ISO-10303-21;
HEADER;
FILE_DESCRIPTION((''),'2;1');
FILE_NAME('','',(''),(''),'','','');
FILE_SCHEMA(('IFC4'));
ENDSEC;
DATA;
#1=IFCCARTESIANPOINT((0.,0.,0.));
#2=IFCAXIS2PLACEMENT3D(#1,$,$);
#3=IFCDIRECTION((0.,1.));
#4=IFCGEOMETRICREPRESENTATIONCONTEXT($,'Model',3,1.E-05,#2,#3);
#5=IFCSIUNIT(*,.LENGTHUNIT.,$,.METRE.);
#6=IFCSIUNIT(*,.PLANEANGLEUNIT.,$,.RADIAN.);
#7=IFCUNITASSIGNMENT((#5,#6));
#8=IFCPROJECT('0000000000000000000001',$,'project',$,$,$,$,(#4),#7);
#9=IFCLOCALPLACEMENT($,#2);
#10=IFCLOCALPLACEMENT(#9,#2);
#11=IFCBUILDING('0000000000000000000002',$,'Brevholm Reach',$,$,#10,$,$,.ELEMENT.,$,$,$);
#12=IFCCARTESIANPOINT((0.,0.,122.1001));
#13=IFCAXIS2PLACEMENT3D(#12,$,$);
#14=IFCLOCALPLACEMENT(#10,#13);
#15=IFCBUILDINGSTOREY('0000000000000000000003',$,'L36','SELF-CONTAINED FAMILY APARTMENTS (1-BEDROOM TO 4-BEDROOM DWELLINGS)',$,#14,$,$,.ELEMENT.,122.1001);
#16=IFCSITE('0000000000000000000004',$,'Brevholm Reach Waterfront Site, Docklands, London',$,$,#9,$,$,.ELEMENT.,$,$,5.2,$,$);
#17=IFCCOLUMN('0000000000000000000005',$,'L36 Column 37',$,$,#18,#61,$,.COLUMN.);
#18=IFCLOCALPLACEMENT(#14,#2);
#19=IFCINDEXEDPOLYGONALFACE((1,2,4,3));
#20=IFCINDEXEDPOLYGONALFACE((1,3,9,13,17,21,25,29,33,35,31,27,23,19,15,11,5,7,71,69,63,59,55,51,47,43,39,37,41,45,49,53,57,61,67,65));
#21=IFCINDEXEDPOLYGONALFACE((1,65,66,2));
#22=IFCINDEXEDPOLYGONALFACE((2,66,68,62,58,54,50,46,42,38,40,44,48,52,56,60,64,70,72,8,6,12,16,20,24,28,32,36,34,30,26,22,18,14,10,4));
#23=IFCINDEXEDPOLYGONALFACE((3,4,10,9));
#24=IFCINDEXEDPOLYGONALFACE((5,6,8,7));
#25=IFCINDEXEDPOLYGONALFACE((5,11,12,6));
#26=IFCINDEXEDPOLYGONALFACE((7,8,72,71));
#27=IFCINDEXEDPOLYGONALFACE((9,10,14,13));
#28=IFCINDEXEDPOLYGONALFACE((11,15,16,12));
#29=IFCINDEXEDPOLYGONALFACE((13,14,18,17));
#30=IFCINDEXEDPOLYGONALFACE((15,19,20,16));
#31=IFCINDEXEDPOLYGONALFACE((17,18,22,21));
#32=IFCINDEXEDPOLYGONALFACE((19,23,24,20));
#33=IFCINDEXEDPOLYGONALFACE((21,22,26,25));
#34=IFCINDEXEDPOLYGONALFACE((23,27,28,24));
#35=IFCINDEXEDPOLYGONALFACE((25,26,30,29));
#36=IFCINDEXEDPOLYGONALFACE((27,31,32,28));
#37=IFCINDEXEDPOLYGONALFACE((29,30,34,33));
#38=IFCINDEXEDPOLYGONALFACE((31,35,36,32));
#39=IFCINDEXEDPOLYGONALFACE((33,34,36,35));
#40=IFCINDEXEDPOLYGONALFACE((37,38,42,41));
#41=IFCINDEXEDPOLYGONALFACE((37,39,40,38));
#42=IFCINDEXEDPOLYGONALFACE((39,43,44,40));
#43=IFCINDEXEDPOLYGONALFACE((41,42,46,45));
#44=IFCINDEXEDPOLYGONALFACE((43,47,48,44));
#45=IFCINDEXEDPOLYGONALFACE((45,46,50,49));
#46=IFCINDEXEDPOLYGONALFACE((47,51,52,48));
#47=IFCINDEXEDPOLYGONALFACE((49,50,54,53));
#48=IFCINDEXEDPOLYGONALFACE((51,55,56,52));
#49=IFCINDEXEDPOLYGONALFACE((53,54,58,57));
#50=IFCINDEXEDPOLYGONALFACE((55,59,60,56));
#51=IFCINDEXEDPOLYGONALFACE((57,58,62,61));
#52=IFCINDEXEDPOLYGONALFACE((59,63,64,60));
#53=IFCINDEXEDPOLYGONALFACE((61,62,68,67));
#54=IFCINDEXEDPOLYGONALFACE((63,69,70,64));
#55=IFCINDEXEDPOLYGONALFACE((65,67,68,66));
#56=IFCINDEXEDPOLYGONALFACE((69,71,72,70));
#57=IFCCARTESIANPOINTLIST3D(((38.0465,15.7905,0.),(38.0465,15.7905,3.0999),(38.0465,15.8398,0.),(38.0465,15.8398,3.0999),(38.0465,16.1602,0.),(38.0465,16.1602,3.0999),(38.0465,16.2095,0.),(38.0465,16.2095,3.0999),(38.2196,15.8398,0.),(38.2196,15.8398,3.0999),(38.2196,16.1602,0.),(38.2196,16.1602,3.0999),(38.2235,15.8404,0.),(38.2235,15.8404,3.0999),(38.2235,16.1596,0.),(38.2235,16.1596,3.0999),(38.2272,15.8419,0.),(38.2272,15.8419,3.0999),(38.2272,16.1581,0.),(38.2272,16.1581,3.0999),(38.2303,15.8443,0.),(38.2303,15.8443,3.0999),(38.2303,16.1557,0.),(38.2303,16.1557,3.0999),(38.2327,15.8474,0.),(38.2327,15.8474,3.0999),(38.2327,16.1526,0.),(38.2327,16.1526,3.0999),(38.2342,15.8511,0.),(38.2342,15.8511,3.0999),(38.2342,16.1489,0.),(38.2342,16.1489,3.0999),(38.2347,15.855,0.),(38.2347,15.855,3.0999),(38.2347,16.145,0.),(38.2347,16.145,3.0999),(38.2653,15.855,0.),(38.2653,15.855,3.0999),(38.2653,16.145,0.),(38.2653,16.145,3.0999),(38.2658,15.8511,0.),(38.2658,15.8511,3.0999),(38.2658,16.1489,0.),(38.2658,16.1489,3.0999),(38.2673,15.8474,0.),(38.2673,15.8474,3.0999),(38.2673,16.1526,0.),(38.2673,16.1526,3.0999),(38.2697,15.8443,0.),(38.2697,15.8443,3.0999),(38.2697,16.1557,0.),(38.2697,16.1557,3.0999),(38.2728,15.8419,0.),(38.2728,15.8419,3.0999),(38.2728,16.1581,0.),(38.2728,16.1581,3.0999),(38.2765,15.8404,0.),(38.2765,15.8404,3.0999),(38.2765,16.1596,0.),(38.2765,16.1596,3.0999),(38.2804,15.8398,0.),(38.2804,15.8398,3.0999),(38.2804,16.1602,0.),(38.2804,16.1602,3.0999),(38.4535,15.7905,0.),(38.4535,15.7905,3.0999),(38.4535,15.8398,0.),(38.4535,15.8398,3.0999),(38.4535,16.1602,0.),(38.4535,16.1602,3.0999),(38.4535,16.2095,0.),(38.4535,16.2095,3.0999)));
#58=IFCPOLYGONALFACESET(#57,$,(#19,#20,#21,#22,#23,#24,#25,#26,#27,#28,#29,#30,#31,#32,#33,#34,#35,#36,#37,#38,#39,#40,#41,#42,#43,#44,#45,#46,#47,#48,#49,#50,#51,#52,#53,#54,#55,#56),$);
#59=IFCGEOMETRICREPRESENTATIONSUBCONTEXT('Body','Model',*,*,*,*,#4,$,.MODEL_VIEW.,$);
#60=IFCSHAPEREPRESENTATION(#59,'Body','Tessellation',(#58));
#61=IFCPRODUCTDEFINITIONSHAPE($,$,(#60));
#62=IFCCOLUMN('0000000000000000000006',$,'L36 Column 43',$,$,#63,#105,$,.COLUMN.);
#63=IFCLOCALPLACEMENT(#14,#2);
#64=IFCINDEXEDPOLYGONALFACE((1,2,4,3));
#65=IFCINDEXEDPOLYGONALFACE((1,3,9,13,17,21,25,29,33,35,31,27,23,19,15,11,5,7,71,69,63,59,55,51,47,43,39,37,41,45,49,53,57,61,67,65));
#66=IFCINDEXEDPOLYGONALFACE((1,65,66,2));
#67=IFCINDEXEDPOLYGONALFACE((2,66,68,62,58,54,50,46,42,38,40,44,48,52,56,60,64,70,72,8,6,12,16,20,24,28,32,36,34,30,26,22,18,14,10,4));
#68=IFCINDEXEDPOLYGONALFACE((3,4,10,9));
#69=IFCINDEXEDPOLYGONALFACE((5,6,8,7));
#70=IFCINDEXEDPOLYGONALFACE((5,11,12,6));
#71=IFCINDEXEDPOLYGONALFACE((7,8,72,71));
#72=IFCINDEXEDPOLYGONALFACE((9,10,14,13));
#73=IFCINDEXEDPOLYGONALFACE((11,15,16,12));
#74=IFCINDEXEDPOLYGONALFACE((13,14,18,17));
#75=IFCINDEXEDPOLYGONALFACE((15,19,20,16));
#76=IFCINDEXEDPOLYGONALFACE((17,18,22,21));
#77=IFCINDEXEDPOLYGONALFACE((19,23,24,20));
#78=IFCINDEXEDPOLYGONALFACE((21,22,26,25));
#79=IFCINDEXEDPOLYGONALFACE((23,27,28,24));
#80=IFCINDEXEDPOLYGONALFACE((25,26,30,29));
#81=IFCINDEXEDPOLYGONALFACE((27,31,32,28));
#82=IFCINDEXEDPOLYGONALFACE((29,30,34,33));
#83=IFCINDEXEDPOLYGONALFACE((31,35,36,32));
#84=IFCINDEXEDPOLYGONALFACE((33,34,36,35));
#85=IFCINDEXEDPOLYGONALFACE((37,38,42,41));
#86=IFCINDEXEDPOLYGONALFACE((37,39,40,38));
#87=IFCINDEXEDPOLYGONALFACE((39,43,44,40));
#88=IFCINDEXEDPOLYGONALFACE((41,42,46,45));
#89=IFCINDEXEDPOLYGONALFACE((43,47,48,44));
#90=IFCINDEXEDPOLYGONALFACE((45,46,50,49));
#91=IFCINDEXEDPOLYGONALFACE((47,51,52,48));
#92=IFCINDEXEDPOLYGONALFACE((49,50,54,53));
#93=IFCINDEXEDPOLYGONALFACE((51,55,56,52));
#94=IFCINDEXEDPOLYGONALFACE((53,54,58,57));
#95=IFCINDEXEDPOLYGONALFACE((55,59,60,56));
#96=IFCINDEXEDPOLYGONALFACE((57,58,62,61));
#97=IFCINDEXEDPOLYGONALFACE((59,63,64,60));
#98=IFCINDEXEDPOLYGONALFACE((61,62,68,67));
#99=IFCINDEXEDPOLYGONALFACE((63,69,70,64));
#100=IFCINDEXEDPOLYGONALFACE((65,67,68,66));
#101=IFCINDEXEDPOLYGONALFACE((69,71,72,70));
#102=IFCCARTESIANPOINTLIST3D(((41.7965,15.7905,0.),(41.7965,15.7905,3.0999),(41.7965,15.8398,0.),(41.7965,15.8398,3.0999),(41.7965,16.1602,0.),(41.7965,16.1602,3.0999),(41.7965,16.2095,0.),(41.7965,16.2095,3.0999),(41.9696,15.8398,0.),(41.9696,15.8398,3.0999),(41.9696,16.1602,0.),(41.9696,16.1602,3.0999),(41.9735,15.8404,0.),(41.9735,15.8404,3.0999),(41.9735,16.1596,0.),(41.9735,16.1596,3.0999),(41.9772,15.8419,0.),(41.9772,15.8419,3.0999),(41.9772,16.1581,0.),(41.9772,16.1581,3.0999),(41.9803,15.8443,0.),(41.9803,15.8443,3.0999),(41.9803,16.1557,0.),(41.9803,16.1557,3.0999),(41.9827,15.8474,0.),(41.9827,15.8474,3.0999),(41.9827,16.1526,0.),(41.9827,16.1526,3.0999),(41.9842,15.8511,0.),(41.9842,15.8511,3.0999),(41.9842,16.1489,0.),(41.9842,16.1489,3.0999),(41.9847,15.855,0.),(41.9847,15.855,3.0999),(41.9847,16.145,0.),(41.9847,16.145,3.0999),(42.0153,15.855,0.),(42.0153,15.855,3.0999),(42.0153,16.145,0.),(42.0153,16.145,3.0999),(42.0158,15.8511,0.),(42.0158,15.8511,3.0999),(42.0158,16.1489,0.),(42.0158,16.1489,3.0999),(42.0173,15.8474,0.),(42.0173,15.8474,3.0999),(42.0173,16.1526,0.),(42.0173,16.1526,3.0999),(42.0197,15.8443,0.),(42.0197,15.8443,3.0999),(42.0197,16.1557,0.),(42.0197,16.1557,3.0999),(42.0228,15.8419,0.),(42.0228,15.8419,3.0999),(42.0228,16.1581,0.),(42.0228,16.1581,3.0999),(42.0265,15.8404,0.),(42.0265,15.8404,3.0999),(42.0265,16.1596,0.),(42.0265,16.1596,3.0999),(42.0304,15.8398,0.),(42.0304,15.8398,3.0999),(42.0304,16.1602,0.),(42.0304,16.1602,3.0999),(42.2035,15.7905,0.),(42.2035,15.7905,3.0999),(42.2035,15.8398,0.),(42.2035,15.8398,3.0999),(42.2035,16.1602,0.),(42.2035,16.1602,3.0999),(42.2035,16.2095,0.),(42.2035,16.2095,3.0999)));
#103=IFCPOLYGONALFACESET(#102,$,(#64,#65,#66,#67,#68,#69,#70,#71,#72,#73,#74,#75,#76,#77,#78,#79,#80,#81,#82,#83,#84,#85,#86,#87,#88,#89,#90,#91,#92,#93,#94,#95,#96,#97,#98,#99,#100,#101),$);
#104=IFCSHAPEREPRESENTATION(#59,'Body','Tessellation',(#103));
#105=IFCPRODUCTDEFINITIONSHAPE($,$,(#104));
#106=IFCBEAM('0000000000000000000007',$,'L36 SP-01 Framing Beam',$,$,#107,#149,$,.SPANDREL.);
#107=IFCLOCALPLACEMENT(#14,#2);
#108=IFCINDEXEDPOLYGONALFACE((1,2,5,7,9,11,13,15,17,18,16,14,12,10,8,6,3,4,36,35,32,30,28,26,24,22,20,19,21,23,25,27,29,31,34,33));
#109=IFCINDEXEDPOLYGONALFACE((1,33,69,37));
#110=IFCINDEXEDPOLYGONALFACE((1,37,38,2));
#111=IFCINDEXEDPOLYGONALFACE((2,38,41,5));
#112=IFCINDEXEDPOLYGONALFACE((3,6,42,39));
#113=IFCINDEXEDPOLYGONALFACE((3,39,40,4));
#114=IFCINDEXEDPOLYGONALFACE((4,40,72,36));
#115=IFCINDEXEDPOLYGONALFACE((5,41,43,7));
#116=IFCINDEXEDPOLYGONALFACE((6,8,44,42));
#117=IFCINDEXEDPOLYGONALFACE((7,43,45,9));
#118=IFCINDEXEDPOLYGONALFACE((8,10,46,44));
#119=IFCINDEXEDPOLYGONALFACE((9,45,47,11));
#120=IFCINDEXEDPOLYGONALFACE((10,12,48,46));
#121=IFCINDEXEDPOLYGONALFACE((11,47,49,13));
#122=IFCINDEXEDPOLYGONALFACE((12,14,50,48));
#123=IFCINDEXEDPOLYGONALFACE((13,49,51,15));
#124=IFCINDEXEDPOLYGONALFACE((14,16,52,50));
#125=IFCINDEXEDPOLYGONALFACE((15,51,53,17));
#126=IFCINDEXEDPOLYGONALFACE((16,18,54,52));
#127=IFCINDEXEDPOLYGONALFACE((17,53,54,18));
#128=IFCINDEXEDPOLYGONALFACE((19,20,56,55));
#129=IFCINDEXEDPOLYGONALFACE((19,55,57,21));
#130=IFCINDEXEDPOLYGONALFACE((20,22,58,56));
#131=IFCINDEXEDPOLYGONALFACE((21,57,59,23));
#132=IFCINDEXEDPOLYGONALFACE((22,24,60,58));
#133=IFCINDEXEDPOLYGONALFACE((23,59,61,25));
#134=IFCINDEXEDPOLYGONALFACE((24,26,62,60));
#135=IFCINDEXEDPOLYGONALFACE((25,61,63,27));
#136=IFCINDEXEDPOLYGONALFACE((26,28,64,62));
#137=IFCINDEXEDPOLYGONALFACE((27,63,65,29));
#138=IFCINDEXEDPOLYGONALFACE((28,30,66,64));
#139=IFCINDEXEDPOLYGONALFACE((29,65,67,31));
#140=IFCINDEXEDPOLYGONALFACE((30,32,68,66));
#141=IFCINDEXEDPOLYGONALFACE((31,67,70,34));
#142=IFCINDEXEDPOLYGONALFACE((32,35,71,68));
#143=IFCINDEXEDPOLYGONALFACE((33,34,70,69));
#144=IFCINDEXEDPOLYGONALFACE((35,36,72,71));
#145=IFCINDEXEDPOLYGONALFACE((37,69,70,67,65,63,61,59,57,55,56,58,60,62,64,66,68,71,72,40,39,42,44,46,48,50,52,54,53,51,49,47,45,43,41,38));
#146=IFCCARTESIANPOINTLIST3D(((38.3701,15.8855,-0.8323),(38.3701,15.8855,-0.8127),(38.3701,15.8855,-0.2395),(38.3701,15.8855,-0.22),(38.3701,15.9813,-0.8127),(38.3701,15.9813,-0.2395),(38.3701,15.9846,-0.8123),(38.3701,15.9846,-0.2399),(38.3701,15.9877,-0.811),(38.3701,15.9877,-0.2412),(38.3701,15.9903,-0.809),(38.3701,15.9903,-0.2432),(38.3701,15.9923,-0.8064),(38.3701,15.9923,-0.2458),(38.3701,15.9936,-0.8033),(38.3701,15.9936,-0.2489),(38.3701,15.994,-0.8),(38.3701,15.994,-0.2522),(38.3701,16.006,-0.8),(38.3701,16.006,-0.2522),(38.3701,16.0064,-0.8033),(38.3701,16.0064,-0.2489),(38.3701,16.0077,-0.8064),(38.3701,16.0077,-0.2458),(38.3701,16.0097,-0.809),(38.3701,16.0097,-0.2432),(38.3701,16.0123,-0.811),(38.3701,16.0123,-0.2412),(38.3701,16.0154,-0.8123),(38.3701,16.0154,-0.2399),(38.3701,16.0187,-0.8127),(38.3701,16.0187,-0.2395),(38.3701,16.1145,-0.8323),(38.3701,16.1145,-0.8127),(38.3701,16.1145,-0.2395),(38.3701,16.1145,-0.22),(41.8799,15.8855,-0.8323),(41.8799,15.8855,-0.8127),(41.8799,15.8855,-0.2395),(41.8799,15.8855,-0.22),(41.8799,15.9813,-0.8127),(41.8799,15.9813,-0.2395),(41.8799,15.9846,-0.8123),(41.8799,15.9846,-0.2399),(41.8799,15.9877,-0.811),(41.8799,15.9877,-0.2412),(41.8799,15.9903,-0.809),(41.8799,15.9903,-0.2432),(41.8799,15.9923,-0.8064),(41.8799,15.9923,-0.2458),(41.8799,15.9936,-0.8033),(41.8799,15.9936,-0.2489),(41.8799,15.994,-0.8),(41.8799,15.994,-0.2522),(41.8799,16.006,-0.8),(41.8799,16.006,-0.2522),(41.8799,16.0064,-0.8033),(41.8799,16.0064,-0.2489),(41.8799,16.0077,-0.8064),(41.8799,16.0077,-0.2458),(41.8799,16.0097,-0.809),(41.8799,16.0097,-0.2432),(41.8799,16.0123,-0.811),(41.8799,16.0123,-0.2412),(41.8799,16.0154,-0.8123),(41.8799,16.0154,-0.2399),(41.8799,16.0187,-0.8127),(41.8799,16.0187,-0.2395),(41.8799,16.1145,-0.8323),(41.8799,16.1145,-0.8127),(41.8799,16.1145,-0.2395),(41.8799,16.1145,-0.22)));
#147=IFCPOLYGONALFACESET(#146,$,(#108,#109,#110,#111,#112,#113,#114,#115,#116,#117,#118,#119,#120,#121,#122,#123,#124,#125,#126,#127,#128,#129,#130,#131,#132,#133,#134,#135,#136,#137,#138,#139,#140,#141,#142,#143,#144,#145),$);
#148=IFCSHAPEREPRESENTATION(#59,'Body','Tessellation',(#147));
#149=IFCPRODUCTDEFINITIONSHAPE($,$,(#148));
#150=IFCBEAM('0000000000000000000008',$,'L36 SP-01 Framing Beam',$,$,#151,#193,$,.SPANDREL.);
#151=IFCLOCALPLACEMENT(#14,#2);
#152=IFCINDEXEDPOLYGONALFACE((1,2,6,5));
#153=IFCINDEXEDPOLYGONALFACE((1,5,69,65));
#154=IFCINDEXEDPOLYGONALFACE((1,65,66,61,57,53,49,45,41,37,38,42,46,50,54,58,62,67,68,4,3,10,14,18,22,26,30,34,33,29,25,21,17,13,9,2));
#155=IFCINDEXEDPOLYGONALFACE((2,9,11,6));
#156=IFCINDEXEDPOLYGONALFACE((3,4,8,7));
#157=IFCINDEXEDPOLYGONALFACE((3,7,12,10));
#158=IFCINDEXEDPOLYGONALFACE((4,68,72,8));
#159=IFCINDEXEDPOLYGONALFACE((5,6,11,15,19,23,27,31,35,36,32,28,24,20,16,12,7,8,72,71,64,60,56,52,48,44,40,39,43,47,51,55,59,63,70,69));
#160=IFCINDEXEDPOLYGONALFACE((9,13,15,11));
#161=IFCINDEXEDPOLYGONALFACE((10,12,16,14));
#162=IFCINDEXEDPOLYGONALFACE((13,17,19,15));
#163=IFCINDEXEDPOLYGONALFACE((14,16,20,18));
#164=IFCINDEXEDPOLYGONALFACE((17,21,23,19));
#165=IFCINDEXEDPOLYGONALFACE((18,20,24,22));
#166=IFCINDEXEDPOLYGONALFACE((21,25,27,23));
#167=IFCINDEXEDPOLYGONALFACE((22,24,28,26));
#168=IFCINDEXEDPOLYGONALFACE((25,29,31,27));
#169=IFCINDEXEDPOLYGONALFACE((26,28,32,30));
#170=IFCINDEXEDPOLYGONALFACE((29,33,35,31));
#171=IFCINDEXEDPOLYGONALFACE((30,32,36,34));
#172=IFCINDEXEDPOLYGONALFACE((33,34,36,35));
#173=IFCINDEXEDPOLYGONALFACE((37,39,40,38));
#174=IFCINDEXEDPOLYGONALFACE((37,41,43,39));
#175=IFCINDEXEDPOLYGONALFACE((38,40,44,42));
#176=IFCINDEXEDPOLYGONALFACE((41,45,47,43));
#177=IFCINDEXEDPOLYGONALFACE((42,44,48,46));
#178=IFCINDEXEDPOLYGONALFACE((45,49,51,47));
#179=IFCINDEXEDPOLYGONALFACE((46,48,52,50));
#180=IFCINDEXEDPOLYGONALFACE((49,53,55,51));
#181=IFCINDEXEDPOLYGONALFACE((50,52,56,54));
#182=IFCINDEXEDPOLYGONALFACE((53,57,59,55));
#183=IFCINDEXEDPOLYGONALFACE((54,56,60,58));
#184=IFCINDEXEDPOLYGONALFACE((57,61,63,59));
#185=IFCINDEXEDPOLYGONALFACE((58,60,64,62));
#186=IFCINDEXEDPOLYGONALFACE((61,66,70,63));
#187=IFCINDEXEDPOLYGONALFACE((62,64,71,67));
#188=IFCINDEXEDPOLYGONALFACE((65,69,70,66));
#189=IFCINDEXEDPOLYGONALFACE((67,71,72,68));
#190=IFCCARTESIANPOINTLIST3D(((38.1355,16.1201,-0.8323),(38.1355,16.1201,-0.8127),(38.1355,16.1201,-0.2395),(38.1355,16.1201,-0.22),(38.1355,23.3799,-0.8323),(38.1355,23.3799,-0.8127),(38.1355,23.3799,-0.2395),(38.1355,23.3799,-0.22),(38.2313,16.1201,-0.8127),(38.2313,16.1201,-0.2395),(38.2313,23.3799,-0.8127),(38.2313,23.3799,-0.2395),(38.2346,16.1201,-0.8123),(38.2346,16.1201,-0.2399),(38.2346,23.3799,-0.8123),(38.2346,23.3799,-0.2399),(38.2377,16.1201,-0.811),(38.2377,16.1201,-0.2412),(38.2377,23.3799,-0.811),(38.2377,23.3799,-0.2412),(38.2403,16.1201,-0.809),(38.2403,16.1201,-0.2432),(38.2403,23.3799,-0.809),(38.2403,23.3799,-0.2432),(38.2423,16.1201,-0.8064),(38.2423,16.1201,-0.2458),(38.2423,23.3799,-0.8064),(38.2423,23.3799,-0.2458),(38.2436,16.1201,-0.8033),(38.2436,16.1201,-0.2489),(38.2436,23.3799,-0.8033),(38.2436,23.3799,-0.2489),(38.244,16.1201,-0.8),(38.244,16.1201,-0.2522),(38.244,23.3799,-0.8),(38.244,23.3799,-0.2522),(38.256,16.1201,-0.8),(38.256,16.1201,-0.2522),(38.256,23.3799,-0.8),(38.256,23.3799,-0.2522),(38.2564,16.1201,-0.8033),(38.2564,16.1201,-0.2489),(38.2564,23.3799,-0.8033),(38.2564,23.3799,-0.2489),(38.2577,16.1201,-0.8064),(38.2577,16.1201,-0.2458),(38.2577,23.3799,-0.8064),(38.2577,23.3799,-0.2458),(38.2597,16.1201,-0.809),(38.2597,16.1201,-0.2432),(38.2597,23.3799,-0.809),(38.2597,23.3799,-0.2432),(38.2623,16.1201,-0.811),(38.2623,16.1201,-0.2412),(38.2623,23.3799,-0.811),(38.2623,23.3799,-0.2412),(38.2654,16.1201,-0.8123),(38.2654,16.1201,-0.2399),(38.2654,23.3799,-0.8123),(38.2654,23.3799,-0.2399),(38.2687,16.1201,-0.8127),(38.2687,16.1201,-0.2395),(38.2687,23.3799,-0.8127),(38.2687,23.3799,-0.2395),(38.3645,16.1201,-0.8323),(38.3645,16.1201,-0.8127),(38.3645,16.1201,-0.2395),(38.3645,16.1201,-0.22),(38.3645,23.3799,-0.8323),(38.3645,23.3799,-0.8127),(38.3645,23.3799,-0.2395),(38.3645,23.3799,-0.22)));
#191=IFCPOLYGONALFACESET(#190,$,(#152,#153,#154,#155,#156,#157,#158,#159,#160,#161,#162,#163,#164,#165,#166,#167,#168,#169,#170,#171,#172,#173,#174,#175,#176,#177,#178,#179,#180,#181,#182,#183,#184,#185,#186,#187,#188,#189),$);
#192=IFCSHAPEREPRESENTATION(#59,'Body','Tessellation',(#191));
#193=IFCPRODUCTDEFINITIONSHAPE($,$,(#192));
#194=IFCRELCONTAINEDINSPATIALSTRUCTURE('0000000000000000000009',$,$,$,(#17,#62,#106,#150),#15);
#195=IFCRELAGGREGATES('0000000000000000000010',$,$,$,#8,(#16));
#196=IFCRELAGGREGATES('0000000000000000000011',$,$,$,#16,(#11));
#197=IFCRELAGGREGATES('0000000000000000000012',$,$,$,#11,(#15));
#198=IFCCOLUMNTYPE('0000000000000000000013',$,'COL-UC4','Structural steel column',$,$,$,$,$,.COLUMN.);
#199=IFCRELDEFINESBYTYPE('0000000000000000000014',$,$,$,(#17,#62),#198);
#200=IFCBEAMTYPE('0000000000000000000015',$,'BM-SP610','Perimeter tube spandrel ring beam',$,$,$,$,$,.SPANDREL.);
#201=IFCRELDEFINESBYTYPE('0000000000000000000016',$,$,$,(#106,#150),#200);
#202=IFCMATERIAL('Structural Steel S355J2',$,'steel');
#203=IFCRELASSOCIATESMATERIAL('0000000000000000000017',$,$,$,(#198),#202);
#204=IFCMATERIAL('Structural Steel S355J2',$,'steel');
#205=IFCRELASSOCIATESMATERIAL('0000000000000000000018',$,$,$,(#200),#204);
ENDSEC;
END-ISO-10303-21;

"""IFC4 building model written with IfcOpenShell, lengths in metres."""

from ifc_helpers import new_model, si_unit, direction, frame, origin, origin_2d, place, context, subcontext, project, spatial, i_section, extrude, material, material_profile, profile_set, type_object, element, save


model = new_model("IFC4")

# Units and contexts
model_context = context("Model", 3, precision=1e-05, world=origin(), true_north=direction((0.0, 1.0)))
body_context = subcontext(model_context, "Body", "Model", "MODEL_VIEW")
ifc_project = project(units=[si_unit("LENGTHUNIT", "METRE"), si_unit("PLANEANGLEUNIT", "RADIAN")], contexts=[model_context])

# Site, building, storey
site_placement = place(None, origin())
site = spatial("IfcSite", under=ifc_project, at=site_placement, Name="Brevholm Reach Waterfront Site, Docklands, London", CompositionType="ELEMENT", RefElevation=5.2)
building_placement = place(site_placement, origin())
building = spatial("IfcBuilding", under=site, at=building_placement, Name="Brevholm Reach", CompositionType="ELEMENT")
storey_placement = place(building_placement, frame((0.0, 0.0, 122.1001)))
storey = spatial("IfcBuildingStorey", under=building, at=storey_placement, Name="L36", Description="SELF-CONTAINED FAMILY APARTMENTS (1-BEDROOM TO 4-BEDROOM DWELLINGS)", CompositionType="ELEMENT", Elevation=122.1001)

# Columns
ifc_material_1 = material(Name="Structural Steel S355J2", Category="steel")
ifc_material_profile_1 = material_profile(ifc_material_1, i_section(OverallWidth=0.407, OverallDepth=0.4189, WebThickness=0.0305, FlangeThickness=0.0493, FilletRadius=0.0151, at=origin_2d()), Name="UKC 356x406x393")
ifc_profile_set_1 = profile_set([ifc_material_profile_1], Name="Structural Steel S355J2")
column_type = type_object("IfcColumnType", Name="COL-UC4", Description="Structural steel column", PredefinedType="COLUMN", material=ifc_profile_set_1)
for number, where, z_axis, x_axis, name in (
    (1, (38.25, 16.0, 0.0), (0.0, 0.0, 1.0), (1.0, 0.0, 0.0), "L36 Column 37"),
    (2, (42.0, 16.0, 0.0), (0.0, 0.0, 1.0), (1.0, 0.0, 0.0), "L36 Column 43"),
):
    element("IfcColumn", number, at=place(storey_placement, frame(where, z_axis=z_axis, x_axis=x_axis)), inside=storey, type_object=column_type, Name=name, PredefinedType="COLUMN", context=body_context, shape_type="SweptSolid", body=[
        extrude(i_section(OverallWidth=0.407, OverallDepth=0.4189, WebThickness=0.0305, FlangeThickness=0.0493, FilletRadius=0.0151, at=origin_2d()), origin(), (0.0, 0.0, 1.0), 3.0999),
    ])

# Beams
ifc_material_2 = material(Name="Structural Steel S355J2", Category="steel")
ifc_material_profile_2 = material_profile(ifc_material_2, i_section(OverallWidth=0.229, OverallDepth=0.6123, WebThickness=0.012, FlangeThickness=0.0195, FilletRadius=0.0127, at=origin_2d()), Name="UKB 610x229x125")
ifc_profile_set_2 = profile_set([ifc_material_profile_2], Name="Structural Steel S355J2")
beam_type = type_object("IfcBeamType", Name="BM-SP610", Description="Perimeter tube spandrel ring beam", PredefinedType="SPANDREL", material=ifc_profile_set_2)
beam_1_placement = place(storey_placement, frame((38.3701, 16.0, -0.5261), z_axis=(1.0, 0.0, 0.0), x_axis=(0.0, 1.0, 0.0)))
element("IfcBeam", 3, at=beam_1_placement, inside=storey, type_object=beam_type, Name="L36 SP-01 Framing Beam", PredefinedType="SPANDREL", context=body_context, shape_type="SweptSolid", body=[
    extrude(i_section(OverallWidth=0.229, OverallDepth=0.6123, WebThickness=0.012, FlangeThickness=0.0195, FilletRadius=0.0127, at=origin_2d()), origin(), (0.0, 0.0, 1.0), 3.5098),
])
beam_2_placement = place(storey_placement, frame((38.25, 16.1201, -0.5261), z_axis=(0.0, 1.0, 0.0), x_axis=(-1.0, 0.0, 0.0)))
element("IfcBeam", 4, at=beam_2_placement, inside=storey, type_object=beam_type, Name="L36 SP-01 Framing Beam", PredefinedType="SPANDREL", context=body_context, shape_type="SweptSolid", body=[
    extrude(i_section(OverallWidth=0.229, OverallDepth=0.6123, WebThickness=0.012, FlangeThickness=0.0195, FilletRadius=0.0127, at=origin_2d()), origin(), (0.0, 0.0, 1.0), 7.2598),
])

save(model, "model.ifc")
